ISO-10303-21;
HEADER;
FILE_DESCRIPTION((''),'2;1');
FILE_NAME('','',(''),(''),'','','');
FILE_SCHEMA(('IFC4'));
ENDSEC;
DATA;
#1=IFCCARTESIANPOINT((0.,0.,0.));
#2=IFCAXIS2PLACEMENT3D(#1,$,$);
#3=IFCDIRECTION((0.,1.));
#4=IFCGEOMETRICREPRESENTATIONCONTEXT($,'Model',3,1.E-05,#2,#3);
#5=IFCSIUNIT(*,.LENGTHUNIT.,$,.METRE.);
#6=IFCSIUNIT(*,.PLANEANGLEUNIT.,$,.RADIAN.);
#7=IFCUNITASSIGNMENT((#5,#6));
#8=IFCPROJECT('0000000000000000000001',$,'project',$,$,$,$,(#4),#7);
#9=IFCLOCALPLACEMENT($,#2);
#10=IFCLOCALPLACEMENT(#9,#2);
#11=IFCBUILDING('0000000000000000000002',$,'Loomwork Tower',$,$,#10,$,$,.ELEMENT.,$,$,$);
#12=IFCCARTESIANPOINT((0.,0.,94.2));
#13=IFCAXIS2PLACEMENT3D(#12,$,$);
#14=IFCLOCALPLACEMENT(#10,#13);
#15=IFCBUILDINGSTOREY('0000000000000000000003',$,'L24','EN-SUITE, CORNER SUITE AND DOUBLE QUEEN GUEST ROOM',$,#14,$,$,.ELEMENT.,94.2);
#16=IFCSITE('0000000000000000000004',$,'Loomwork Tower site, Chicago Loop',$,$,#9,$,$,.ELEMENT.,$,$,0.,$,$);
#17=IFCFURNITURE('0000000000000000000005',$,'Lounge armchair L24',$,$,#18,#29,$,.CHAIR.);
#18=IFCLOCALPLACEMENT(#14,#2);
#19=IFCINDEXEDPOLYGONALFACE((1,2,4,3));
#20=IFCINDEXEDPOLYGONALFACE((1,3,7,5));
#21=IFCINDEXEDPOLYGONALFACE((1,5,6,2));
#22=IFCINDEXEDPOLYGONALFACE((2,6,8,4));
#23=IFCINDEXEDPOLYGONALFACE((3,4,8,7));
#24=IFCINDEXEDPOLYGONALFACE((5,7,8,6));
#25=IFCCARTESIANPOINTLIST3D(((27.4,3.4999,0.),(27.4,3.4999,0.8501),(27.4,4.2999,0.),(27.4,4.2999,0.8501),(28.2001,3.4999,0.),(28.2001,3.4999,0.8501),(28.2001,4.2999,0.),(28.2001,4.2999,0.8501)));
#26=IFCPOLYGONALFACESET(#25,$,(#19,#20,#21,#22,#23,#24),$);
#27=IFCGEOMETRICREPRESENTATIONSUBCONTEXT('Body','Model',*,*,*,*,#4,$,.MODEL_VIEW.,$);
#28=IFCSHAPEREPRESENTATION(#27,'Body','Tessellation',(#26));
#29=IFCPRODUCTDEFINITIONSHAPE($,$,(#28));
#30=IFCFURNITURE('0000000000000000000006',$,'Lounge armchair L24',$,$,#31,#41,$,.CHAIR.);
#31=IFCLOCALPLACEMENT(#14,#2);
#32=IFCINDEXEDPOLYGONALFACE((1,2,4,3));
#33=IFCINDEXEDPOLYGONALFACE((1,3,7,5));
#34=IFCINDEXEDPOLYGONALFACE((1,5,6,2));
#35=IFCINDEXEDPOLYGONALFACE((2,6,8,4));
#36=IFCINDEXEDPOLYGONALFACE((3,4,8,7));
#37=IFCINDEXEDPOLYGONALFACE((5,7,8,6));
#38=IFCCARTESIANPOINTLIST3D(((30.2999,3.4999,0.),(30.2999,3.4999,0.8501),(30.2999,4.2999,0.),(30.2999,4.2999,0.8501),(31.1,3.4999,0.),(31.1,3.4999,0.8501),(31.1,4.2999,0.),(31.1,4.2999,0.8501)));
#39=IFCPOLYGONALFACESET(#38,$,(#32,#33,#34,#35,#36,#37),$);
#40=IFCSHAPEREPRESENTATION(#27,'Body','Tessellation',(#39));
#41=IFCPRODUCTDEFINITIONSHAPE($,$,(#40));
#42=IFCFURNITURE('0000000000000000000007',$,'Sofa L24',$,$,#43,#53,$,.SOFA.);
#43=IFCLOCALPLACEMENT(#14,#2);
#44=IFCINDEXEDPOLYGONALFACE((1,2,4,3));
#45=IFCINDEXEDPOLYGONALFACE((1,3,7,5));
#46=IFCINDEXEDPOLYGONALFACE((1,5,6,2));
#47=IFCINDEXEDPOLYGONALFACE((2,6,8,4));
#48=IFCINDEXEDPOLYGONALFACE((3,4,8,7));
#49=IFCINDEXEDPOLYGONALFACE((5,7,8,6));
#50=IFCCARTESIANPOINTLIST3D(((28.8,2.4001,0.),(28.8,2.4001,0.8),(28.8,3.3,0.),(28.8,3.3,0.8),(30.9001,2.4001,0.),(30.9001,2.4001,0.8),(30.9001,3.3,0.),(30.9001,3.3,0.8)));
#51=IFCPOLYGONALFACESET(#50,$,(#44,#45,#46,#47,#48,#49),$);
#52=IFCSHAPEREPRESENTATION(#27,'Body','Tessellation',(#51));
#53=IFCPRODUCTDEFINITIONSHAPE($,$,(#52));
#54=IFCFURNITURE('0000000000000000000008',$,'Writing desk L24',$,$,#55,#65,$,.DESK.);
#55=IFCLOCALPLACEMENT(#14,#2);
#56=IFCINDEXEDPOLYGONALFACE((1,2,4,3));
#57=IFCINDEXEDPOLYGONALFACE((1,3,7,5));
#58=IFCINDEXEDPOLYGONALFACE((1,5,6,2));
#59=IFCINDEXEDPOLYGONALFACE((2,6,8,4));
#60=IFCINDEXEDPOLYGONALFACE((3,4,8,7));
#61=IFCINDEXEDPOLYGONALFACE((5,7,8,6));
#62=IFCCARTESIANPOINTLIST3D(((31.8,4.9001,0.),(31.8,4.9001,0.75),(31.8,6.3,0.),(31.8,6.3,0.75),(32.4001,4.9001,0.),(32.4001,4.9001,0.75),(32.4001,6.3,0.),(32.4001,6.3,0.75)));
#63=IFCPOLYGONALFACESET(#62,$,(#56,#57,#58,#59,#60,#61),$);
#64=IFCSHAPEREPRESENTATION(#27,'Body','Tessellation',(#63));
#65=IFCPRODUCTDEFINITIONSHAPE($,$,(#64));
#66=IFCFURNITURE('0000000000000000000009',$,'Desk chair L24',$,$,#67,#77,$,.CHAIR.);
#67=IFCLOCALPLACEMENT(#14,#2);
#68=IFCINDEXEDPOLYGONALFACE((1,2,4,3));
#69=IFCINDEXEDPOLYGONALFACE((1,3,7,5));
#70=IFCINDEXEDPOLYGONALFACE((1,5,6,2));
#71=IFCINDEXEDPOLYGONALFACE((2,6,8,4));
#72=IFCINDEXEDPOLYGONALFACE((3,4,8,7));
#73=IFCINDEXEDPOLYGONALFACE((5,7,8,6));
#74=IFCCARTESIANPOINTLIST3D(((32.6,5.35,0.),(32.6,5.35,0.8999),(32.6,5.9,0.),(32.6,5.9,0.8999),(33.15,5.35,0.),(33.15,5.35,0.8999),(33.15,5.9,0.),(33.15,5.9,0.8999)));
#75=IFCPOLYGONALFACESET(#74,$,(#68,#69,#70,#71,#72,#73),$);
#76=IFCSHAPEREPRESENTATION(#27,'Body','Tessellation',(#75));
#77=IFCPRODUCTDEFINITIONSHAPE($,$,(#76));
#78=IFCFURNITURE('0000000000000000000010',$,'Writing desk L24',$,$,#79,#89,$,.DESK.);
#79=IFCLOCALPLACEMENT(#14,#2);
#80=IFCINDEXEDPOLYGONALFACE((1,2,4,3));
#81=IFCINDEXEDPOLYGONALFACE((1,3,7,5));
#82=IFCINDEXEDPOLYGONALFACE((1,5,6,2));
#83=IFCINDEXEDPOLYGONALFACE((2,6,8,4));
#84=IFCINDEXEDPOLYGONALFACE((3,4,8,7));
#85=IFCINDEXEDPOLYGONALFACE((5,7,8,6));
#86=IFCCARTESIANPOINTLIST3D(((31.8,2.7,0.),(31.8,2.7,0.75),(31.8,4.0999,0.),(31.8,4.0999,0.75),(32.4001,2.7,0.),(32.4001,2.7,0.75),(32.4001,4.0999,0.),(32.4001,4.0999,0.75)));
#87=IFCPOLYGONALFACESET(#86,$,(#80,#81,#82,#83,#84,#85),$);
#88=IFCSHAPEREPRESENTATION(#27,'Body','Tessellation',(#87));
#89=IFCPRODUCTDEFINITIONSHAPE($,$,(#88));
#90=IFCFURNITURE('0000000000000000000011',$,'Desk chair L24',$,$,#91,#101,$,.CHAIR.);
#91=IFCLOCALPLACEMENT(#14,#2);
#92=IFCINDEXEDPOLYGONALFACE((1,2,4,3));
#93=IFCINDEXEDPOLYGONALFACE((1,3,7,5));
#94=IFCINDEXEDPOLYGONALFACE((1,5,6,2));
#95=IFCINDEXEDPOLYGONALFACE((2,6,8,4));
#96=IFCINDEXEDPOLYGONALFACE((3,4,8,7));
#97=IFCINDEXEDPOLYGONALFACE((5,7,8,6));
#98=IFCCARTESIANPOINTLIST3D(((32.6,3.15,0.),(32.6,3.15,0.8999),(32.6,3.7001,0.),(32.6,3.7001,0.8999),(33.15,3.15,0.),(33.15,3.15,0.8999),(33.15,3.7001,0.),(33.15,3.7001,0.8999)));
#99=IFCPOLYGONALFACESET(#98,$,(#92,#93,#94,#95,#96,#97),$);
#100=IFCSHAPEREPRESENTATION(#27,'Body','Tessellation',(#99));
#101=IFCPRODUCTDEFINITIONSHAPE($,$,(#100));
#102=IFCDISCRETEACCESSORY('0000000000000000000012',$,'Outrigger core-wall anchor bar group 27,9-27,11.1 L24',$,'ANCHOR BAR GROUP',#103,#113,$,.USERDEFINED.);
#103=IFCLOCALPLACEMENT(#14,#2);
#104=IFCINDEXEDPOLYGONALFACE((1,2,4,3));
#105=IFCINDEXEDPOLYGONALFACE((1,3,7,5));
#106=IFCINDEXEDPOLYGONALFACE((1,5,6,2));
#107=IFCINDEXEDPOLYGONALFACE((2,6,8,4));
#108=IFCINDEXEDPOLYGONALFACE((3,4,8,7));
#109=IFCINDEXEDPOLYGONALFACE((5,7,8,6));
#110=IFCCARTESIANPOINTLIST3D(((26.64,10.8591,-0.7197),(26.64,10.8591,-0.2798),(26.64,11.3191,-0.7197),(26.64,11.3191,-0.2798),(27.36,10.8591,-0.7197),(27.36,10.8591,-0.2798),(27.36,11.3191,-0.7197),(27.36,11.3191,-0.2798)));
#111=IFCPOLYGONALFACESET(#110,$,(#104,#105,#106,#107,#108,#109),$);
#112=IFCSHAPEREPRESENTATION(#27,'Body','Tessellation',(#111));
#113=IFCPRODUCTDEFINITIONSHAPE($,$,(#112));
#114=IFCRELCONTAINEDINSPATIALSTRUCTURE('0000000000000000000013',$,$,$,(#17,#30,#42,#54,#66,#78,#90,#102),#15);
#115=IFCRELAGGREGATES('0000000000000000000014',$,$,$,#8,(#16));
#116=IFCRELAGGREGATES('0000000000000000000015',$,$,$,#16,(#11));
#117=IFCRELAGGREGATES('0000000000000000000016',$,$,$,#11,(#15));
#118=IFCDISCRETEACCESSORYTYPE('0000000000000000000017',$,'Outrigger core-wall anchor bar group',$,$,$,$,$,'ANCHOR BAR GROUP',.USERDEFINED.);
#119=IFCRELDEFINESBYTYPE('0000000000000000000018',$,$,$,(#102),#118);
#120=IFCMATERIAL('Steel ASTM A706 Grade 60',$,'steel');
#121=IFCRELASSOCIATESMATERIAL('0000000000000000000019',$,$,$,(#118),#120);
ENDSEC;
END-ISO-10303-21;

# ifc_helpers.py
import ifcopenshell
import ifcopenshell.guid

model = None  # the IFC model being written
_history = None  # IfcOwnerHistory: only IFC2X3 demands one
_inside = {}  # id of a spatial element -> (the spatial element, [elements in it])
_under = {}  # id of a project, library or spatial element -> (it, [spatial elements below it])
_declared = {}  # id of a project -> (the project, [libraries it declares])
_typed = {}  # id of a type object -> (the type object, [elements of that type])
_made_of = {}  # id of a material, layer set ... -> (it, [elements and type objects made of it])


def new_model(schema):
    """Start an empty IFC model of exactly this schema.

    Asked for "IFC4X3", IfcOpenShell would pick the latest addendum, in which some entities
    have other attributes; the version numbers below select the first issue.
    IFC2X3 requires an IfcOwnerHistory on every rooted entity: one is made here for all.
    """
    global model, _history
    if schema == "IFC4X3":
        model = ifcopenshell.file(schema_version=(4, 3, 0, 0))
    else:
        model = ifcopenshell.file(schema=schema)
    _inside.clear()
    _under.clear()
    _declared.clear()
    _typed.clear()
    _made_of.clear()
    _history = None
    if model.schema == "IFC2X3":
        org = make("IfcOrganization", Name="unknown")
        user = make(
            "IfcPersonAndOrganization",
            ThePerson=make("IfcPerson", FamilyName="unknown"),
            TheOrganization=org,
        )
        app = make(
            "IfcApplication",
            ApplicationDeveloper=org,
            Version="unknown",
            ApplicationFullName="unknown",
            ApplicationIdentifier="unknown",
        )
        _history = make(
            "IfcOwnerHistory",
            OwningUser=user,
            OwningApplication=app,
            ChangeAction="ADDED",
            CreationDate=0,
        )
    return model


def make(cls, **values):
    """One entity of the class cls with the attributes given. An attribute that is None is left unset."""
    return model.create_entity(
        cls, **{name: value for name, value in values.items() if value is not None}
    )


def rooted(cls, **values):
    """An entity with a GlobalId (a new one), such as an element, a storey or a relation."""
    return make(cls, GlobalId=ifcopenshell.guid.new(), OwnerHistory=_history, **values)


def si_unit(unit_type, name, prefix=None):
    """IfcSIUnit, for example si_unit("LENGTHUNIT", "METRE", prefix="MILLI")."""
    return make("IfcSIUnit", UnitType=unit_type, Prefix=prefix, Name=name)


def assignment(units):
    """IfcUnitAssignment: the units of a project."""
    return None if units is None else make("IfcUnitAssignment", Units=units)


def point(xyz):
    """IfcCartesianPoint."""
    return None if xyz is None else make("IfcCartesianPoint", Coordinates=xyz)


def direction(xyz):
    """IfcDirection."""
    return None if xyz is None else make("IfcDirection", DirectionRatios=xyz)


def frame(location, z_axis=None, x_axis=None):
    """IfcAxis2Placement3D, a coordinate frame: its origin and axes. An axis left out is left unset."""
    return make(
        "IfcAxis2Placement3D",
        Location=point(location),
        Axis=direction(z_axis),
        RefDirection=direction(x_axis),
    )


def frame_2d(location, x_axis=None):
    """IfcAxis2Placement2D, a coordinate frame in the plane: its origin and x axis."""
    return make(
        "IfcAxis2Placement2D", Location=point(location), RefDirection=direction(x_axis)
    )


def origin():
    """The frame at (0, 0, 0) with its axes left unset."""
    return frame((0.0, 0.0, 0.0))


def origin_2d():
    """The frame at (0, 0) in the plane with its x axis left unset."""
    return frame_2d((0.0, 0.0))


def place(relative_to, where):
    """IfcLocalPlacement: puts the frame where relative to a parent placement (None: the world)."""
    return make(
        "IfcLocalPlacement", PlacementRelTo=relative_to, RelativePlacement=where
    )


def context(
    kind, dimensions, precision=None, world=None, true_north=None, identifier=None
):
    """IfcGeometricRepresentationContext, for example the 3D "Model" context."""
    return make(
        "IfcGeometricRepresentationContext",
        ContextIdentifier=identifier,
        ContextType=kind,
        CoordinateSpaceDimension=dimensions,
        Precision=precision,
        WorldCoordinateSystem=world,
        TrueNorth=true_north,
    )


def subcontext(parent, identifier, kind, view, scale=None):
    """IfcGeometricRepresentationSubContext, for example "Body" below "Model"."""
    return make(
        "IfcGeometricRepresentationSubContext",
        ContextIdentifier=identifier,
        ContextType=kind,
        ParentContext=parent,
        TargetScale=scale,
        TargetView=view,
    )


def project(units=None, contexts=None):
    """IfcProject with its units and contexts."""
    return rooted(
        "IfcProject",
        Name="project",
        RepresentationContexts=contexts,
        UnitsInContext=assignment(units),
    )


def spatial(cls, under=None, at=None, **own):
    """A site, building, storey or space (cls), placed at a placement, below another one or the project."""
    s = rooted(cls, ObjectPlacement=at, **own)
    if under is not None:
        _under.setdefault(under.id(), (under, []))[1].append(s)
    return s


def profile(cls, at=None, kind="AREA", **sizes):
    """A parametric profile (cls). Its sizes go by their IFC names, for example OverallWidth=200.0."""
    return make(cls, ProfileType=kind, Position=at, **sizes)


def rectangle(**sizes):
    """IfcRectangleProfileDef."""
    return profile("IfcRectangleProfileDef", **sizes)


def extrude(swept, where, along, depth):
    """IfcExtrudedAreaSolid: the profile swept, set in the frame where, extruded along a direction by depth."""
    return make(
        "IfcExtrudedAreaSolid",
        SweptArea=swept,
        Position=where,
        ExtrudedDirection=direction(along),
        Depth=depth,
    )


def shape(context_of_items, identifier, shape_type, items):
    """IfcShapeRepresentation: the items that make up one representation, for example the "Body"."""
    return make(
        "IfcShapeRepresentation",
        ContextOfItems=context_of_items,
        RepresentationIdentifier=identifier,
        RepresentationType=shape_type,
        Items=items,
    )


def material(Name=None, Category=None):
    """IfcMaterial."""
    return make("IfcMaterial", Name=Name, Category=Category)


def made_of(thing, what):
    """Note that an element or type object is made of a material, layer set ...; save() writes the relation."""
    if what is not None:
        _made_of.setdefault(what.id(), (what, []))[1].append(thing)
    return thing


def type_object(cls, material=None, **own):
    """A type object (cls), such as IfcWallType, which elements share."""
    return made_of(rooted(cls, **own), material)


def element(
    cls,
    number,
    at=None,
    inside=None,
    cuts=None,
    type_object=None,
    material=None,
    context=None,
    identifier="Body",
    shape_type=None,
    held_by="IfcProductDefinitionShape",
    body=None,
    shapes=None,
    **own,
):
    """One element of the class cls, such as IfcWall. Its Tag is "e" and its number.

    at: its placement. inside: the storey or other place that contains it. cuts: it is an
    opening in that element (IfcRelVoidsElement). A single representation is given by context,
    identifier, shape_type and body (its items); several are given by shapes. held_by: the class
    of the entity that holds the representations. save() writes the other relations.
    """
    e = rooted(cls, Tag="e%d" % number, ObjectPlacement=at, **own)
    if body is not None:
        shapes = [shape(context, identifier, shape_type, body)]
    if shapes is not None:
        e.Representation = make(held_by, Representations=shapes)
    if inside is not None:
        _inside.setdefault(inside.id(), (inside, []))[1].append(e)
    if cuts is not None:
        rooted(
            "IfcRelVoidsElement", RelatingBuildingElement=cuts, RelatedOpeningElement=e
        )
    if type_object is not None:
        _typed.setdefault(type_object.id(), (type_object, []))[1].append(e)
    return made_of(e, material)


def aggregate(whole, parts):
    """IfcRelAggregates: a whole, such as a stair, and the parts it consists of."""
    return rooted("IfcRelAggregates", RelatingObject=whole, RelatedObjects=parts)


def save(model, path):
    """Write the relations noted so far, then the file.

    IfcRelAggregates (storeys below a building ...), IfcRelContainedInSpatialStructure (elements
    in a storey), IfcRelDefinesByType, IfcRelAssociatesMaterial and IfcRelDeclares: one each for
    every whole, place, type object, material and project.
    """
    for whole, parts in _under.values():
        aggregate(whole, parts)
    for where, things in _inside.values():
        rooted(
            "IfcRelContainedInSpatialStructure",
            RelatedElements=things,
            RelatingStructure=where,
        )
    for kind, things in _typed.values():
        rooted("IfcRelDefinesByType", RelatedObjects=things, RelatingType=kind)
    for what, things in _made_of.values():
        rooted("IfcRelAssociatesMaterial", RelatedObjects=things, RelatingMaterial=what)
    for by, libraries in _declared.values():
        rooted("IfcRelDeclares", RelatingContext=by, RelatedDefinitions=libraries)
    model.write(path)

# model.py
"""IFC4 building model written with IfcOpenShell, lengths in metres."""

from ifc_helpers import new_model, si_unit, direction, frame, origin, origin_2d, place, context, subcontext, project, spatial, rectangle, extrude, material, type_object, element, save


model = new_model("IFC4")

# Units and contexts
model_context = context("Model", 3, precision=1e-05, world=origin(), true_north=direction((0.0, 1.0)))
body_context = subcontext(model_context, "Body", "Model", "MODEL_VIEW")
ifc_project = project(units=[si_unit("LENGTHUNIT", "METRE"), si_unit("PLANEANGLEUNIT", "RADIAN")], contexts=[model_context])

# Site, building, storey
site_placement = place(None, origin())
site = spatial("IfcSite", under=ifc_project, at=site_placement, Name="Loomwork Tower site, Chicago Loop", CompositionType="ELEMENT", RefElevation=0.0)
building_placement = place(site_placement, origin())
building = spatial("IfcBuilding", under=site, at=building_placement, Name="Loomwork Tower", CompositionType="ELEMENT")
storey_placement = place(building_placement, frame((0.0, 0.0, 94.2)))
storey = spatial("IfcBuildingStorey", under=building, at=storey_placement, Name="L24", Description="EN-SUITE, CORNER SUITE AND DOUBLE QUEEN GUEST ROOM", CompositionType="ELEMENT", Elevation=94.2)

# Furniture
for number, where, z_axis, x_axis, name in (
    (1, (27.8, 3.8999, 0.0), (0.0, 0.0, 1.0), (1.0, 0.0, 0.0), "Lounge armchair L24"),
    (2, (30.7, 3.8999, 0.0), (0.0, 0.0, 1.0), (1.0, 0.0, 0.0), "Lounge armchair L24"),
):
    element("IfcFurniture", number, at=place(storey_placement, frame(where, z_axis=z_axis, x_axis=x_axis)), inside=storey, Name=name, PredefinedType="CHAIR", context=body_context, shape_type="SweptSolid", body=[
        extrude(rectangle(XDim=0.8, YDim=0.8, at=origin_2d()), origin(), (0.0, 0.0, 1.0), 0.8501),
    ])
furniture_1_placement = place(storey_placement, frame((29.8501, 2.8501, 0.0), z_axis=(0.0, 0.0, 1.0), x_axis=(1.0, 0.0, 0.0)))
element("IfcFurniture", 3, at=furniture_1_placement, inside=storey, Name="Sofa L24", PredefinedType="SOFA", context=body_context, shape_type="SweptSolid", body=[
    extrude(rectangle(XDim=2.1001, YDim=0.8999, at=origin_2d()), origin(), (0.0, 0.0, 1.0), 0.8),
])
furniture_2_placement = place(storey_placement, frame((32.1001, 5.6001, 0.0), z_axis=(0.0, 0.0, 1.0), x_axis=(1.0, 0.0, 0.0)))
element("IfcFurniture", 4, at=furniture_2_placement, inside=storey, Name="Writing desk L24", PredefinedType="DESK", context=body_context, shape_type="SweptSolid", body=[
    extrude(rectangle(XDim=0.6001, YDim=1.3999, at=origin_2d()), origin(), (0.0, 0.0, 1.0), 0.75),
])
furniture_3_placement = place(storey_placement, frame((32.875, 5.625, 0.0), z_axis=(0.0, 0.0, 1.0), x_axis=(1.0, 0.0, 0.0)))
element("IfcFurniture", 5, at=furniture_3_placement, inside=storey, Name="Desk chair L24", PredefinedType="CHAIR", context=body_context, shape_type="SweptSolid", body=[
    extrude(rectangle(XDim=0.55, YDim=0.55, at=origin_2d()), origin(), (0.0, 0.0, 1.0), 0.8999),
])
furniture_4_placement = place(storey_placement, frame((32.1001, 3.3999, 0.0), z_axis=(0.0, 0.0, 1.0), x_axis=(1.0, 0.0, 0.0)))
element("IfcFurniture", 6, at=furniture_4_placement, inside=storey, Name="Writing desk L24", PredefinedType="DESK", context=body_context, shape_type="SweptSolid", body=[
    extrude(rectangle(XDim=0.6001, YDim=1.3999, at=origin_2d()), origin(), (0.0, 0.0, 1.0), 0.75),
])
furniture_5_placement = place(storey_placement, frame((32.875, 3.425, 0.0), z_axis=(0.0, 0.0, 1.0), x_axis=(1.0, 0.0, 0.0)))
element("IfcFurniture", 7, at=furniture_5_placement, inside=storey, Name="Desk chair L24", PredefinedType="CHAIR", context=body_context, shape_type="SweptSolid", body=[
    extrude(rectangle(XDim=0.55, YDim=0.55, at=origin_2d()), origin(), (0.0, 0.0, 1.0), 0.8999),
])

# Discrete accessory
ifc_material_1 = material(Name="Steel ASTM A706 Grade 60", Category="steel")
discrete_accessory_type = type_object("IfcDiscreteAccessoryType", Name="Outrigger core-wall anchor bar group", ElementType="ANCHOR BAR GROUP", PredefinedType="USERDEFINED", material=ifc_material_1)
discrete_accessory_placement = place(storey_placement, frame((27.0, 11.0891, -0.7197), z_axis=(0.0, 0.0, 1.0), x_axis=(1.0, 0.0, 0.0)))
element("IfcDiscreteAccessory", 8, at=discrete_accessory_placement, inside=storey, type_object=discrete_accessory_type, Name="Outrigger core-wall anchor bar group 27,9-27,11.1 L24", ObjectType="ANCHOR BAR GROUP", PredefinedType="USERDEFINED", context=body_context, shape_type="SweptSolid", body=[
    extrude(rectangle(XDim=0.72, YDim=0.46, at=origin_2d()), origin(), (0.0, 0.0, 1.0), 0.4399),
])

save(model, "model.ifc")
